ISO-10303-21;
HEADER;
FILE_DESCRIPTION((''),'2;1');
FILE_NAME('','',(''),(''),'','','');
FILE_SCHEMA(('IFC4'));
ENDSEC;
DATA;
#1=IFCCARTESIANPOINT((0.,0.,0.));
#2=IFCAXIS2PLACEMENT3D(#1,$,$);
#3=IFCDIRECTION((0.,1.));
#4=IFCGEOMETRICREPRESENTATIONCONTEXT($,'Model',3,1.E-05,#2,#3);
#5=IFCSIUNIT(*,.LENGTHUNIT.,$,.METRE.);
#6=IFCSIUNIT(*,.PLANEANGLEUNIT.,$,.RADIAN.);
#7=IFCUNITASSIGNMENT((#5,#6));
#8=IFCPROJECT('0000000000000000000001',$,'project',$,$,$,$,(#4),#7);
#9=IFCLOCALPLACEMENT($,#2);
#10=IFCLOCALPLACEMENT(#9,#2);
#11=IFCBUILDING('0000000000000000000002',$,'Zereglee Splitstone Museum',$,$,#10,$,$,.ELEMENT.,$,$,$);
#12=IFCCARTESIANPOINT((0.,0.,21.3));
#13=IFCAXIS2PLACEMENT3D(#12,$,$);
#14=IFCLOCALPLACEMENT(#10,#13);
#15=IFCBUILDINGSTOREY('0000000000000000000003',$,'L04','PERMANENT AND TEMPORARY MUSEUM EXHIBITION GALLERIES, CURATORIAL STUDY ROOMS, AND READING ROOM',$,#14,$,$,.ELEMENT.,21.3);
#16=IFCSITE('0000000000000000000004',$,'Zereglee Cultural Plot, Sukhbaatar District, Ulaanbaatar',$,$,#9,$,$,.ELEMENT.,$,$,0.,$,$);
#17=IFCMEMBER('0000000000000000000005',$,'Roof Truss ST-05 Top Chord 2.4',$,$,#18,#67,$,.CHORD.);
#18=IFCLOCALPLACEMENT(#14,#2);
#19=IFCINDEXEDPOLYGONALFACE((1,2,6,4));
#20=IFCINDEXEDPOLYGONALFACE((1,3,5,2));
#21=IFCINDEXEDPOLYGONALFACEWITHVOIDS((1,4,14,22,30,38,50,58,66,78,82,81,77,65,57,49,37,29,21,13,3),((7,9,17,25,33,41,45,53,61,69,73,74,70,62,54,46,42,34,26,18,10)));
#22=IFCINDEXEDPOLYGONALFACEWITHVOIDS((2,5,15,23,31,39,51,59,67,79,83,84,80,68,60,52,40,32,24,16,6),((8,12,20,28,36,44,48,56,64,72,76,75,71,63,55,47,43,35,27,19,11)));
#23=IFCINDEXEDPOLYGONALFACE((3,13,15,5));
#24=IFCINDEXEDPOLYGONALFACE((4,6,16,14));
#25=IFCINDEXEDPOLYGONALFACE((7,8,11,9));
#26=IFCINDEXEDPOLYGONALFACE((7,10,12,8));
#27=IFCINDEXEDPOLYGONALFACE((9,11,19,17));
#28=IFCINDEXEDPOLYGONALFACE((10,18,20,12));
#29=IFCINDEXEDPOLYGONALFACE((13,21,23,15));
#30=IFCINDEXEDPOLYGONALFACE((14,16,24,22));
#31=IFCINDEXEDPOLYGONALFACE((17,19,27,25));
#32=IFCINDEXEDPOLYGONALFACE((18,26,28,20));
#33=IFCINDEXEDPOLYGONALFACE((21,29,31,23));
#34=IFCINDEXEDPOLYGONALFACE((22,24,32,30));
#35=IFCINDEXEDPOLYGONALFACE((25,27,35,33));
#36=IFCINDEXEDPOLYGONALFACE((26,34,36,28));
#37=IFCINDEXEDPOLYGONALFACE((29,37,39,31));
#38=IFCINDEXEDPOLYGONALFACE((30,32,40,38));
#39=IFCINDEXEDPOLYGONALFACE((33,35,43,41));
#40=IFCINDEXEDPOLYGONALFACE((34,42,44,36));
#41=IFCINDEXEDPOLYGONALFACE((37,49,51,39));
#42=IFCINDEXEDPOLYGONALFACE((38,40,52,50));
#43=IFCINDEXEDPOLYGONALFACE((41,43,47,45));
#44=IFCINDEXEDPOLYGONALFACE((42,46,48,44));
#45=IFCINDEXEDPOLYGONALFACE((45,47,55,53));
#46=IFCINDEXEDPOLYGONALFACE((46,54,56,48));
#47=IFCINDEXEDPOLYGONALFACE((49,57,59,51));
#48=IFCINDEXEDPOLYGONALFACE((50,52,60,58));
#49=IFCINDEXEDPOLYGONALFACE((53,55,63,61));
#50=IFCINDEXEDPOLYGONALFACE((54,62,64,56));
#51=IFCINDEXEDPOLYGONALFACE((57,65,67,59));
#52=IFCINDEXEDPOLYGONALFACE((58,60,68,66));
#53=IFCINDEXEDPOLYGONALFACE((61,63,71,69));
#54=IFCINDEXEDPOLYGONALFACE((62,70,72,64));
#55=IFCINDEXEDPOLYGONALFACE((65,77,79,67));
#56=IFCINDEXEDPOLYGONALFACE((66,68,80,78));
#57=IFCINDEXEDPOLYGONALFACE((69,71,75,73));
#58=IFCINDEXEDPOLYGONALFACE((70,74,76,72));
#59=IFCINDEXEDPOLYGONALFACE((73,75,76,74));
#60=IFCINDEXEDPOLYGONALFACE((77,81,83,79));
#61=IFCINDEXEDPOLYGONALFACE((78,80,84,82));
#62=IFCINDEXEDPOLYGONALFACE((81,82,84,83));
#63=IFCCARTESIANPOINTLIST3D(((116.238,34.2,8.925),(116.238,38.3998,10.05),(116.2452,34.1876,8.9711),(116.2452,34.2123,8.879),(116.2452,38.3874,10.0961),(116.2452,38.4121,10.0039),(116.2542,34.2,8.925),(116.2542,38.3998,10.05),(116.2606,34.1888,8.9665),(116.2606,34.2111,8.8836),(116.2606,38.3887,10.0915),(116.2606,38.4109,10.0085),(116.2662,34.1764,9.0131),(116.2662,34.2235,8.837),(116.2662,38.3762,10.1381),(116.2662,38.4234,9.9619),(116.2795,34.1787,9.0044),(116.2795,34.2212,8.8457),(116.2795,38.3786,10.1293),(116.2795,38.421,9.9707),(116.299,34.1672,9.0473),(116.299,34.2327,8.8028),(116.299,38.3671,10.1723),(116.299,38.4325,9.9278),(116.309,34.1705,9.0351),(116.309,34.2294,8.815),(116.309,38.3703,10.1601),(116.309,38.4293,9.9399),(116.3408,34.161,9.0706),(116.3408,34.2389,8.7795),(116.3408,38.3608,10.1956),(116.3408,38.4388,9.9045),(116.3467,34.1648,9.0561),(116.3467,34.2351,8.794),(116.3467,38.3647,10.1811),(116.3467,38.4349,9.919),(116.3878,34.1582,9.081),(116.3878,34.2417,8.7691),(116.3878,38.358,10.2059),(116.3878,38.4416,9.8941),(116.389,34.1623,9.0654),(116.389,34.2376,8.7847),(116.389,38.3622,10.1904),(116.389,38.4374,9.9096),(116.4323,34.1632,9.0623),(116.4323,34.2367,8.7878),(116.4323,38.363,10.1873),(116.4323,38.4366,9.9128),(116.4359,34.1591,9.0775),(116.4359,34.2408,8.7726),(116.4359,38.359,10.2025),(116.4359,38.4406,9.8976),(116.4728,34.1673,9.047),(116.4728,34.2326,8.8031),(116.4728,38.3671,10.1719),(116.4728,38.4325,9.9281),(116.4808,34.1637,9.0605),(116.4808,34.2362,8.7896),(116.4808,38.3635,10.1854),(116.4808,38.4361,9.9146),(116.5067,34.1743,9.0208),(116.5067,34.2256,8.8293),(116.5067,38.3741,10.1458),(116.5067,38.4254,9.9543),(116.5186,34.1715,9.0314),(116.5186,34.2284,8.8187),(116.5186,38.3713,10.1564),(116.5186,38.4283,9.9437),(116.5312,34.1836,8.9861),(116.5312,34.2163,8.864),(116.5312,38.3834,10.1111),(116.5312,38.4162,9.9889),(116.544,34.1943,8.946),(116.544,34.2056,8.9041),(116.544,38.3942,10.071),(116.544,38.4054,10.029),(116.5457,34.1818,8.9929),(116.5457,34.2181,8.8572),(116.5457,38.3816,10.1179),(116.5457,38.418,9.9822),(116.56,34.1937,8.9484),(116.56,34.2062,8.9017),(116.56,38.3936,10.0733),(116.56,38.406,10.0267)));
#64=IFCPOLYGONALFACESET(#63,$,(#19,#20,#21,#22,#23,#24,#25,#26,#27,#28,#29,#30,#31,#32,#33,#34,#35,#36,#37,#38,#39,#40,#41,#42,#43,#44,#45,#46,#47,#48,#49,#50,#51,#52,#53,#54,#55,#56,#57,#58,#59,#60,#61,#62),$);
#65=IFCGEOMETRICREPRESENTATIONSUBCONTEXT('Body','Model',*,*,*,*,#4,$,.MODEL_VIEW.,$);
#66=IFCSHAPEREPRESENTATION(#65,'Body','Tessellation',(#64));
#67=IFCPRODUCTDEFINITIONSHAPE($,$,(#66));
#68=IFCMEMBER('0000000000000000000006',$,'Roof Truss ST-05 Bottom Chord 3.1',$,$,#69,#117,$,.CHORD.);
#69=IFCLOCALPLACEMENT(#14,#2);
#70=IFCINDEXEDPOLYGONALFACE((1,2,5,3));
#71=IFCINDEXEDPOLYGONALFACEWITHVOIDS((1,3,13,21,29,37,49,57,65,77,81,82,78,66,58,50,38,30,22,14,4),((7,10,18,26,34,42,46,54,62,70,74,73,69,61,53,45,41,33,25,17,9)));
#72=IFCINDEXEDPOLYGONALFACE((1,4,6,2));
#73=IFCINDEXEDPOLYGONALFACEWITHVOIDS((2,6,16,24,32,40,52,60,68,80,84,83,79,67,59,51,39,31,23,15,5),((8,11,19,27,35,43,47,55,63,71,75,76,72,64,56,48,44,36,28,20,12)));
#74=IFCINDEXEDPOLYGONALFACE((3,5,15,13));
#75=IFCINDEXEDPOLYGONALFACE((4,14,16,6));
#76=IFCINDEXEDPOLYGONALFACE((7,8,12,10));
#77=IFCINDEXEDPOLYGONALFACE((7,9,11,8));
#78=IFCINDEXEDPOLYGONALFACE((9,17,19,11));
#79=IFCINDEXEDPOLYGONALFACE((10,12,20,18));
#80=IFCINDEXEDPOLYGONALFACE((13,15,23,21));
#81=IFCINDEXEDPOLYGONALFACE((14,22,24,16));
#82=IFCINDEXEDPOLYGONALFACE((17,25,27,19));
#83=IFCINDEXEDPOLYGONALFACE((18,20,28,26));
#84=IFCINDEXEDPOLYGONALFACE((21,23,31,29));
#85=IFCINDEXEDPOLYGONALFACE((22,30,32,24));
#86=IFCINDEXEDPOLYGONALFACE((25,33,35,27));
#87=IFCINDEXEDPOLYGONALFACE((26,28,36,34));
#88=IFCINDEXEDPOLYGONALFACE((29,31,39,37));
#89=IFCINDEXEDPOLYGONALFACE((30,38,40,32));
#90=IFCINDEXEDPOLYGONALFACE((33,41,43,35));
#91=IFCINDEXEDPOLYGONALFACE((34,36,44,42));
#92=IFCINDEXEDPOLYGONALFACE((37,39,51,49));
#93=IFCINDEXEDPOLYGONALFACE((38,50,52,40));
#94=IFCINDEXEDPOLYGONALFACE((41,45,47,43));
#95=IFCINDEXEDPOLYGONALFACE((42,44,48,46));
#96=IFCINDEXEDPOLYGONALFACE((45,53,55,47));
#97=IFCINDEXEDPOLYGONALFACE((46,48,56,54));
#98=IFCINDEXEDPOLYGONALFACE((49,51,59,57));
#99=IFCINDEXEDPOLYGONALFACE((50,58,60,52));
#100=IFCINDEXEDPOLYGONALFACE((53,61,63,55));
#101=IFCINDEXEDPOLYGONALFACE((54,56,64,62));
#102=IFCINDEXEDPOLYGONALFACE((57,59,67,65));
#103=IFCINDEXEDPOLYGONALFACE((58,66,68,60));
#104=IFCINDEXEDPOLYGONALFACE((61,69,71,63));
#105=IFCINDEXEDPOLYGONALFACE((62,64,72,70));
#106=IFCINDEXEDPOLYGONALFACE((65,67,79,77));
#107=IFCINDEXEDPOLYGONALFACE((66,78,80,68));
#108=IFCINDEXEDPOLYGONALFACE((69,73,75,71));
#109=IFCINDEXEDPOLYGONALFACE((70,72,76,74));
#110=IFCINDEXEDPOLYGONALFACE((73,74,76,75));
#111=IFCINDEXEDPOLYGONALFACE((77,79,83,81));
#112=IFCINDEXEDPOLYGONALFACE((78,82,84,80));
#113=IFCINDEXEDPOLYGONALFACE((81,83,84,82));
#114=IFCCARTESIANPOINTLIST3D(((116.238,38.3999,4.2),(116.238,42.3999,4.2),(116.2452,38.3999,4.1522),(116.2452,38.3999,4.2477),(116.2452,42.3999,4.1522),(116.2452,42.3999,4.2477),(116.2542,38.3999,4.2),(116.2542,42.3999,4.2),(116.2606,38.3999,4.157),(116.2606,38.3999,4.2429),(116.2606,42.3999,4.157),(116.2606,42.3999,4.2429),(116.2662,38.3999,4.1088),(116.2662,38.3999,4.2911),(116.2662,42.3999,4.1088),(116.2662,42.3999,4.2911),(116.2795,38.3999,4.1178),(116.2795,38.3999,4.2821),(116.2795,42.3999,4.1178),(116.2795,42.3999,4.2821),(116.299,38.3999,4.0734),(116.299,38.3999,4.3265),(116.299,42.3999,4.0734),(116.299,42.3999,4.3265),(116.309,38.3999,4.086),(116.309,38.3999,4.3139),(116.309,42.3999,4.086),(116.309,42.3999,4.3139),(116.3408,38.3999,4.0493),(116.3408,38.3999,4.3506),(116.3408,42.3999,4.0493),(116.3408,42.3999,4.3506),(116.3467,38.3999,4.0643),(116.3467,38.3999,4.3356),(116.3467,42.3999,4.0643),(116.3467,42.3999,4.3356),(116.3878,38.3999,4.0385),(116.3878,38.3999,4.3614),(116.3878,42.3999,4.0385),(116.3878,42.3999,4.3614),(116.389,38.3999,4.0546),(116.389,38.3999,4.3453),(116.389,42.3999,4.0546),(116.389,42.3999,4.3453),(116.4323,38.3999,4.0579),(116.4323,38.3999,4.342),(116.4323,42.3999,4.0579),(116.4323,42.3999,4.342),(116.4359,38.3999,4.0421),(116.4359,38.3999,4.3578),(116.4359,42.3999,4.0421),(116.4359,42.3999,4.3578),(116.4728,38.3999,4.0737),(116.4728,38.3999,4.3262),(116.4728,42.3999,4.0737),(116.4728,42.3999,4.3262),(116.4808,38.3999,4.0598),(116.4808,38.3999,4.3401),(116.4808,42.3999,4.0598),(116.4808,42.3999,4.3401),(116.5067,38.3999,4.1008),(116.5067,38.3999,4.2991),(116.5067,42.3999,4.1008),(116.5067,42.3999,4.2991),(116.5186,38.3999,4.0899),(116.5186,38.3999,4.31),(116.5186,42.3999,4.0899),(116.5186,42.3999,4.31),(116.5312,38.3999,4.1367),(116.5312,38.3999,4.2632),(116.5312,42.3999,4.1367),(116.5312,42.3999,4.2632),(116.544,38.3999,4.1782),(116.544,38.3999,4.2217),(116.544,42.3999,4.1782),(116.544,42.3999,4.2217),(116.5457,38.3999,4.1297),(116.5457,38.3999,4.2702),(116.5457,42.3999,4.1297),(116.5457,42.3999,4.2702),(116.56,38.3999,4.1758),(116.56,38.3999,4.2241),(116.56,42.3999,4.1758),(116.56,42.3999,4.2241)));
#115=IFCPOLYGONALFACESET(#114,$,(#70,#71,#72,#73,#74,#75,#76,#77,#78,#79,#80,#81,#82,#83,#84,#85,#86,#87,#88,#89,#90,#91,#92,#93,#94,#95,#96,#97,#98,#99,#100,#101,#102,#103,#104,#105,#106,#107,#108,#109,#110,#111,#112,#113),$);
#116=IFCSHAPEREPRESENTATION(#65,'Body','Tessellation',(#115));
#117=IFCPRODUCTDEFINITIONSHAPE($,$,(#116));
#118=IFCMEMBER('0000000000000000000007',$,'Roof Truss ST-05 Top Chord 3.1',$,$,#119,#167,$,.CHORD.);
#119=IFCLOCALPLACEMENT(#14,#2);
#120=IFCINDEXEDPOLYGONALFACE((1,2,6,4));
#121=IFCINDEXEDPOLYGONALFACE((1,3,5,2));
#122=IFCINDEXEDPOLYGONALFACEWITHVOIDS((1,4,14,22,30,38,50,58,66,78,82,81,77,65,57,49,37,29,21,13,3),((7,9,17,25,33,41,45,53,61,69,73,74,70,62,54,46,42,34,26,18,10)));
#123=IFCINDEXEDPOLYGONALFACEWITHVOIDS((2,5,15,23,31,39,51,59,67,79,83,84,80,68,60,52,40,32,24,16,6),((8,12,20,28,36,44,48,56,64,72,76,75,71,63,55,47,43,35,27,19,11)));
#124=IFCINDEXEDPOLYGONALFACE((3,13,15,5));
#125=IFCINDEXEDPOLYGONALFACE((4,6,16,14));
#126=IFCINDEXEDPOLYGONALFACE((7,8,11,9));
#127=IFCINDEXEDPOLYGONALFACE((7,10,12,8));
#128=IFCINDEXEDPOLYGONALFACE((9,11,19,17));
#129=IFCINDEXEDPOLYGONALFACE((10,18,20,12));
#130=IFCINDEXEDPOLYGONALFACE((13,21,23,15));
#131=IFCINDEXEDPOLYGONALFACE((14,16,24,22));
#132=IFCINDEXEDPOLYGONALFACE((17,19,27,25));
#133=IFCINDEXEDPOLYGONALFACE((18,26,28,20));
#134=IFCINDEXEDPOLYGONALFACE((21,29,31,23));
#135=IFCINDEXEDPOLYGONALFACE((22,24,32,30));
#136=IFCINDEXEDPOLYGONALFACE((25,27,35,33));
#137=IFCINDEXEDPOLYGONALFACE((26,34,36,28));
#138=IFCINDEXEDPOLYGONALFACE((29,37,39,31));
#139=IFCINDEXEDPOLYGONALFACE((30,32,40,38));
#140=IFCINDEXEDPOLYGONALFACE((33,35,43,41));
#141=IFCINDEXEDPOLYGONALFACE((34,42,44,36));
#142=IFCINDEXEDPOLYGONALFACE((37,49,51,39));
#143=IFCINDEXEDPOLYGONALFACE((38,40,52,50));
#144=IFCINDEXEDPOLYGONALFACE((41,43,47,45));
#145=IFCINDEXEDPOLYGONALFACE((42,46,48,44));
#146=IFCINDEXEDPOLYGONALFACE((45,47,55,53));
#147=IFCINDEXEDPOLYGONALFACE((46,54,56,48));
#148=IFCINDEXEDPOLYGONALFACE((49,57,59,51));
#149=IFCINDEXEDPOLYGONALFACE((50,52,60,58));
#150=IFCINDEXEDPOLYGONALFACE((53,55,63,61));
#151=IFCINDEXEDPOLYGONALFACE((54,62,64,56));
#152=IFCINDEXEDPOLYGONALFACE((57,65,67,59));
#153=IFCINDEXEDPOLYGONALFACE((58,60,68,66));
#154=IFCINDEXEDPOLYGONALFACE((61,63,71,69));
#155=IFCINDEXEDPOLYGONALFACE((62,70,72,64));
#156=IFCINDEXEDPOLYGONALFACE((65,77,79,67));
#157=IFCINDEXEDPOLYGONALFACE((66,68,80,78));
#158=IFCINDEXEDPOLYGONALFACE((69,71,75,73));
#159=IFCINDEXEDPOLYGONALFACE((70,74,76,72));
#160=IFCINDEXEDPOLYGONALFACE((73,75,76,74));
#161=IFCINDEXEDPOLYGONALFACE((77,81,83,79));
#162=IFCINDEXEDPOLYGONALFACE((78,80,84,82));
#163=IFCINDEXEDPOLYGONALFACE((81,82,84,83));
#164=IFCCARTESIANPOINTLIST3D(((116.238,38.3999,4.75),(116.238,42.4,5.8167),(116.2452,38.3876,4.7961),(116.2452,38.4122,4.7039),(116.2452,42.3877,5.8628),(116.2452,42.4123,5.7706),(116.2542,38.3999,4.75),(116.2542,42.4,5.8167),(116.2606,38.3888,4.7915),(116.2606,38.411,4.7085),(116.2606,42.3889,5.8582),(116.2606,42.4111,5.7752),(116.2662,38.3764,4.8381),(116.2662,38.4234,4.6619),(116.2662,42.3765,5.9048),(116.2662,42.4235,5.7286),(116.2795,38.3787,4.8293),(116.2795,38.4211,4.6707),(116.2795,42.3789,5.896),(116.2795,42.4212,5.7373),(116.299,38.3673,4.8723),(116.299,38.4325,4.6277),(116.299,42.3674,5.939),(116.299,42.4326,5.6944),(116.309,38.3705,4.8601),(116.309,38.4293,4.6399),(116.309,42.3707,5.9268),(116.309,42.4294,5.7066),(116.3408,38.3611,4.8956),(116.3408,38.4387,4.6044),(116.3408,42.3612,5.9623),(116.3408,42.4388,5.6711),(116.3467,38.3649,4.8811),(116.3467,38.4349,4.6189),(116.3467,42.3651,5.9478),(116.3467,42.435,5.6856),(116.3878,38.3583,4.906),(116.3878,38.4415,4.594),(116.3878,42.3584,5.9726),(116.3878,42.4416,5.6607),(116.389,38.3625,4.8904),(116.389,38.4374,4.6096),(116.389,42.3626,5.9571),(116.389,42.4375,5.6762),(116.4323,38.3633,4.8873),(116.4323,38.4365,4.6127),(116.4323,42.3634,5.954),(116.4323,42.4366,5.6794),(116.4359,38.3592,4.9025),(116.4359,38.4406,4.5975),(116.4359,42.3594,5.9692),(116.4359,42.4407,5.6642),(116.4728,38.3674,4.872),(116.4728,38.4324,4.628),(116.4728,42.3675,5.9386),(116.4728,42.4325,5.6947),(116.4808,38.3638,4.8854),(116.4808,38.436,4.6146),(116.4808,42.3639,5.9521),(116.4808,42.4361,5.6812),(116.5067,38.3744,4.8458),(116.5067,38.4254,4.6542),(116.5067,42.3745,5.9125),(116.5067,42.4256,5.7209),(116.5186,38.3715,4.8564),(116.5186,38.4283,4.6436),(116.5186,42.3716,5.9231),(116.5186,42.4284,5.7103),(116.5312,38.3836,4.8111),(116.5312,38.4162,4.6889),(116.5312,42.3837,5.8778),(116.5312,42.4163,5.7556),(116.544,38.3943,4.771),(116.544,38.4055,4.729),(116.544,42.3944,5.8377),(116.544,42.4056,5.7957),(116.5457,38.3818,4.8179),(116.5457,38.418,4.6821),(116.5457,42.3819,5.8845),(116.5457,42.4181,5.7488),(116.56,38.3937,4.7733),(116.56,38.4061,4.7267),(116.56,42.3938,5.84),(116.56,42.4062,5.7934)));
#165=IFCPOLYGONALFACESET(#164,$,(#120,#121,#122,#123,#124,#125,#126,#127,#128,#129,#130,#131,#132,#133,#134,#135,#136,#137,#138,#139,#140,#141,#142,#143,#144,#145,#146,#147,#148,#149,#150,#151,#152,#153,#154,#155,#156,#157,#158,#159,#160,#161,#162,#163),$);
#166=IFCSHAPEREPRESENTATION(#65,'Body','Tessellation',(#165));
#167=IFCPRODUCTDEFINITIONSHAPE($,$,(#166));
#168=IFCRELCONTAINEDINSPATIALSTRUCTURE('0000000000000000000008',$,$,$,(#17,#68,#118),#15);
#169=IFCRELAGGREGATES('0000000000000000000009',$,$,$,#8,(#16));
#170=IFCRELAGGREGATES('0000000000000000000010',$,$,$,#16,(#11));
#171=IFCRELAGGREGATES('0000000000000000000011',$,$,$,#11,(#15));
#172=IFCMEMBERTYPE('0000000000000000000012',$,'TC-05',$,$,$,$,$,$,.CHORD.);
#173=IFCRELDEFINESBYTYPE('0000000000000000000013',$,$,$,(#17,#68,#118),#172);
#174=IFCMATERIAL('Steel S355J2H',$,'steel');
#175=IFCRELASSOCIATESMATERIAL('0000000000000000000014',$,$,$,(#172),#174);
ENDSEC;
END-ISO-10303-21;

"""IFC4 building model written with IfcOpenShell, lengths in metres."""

from ifc_helpers import new_model, si_unit, direction, frame, origin, origin_2d, place, context, subcontext, project, spatial, hollow_circle, extrude, material, material_profile, profile_set, type_object, element, save


model = new_model("IFC4")

# Units and contexts
model_context = context("Model", 3, precision=1e-05, world=origin(), true_north=direction((0.0, 1.0)))
body_context = subcontext(model_context, "Body", "Model", "MODEL_VIEW")
ifc_project = project(units=[si_unit("LENGTHUNIT", "METRE"), si_unit("PLANEANGLEUNIT", "RADIAN")], contexts=[model_context])

# Site, building, storey
site_placement = place(None, origin())
site = spatial("IfcSite", under=ifc_project, at=site_placement, Name="Zereglee Cultural Plot, Sukhbaatar District, Ulaanbaatar", CompositionType="ELEMENT", RefElevation=0.0)
building_placement = place(site_placement, origin())
building = spatial("IfcBuilding", under=site, at=building_placement, Name="Zereglee Splitstone Museum", CompositionType="ELEMENT")
storey_placement = place(building_placement, frame((0.0, 0.0, 21.3)))
storey = spatial("IfcBuildingStorey", under=building, at=storey_placement, Name="L04", Description="PERMANENT AND TEMPORARY MUSEUM EXHIBITION GALLERIES, CURATORIAL STUDY ROOMS, AND READING ROOM", CompositionType="ELEMENT", Elevation=21.3)

# Members
ifc_material_1 = material(Name="Steel S355J2H", Category="steel")
ifc_material_profile_1 = material_profile(ifc_material_1, hollow_circle(Radius=0.1619, WallThickness=0.0161, at=origin_2d()), Name="CHS 323.9x16")
ifc_profile_set_1 = profile_set([ifc_material_profile_1], Name="Steel S355J2H")
member_type_1 = type_object("IfcMemberType", Name="TC-05", PredefinedType="CHORD", material=ifc_profile_set_1)
member_1_placement = place(storey_placement, frame((116.3999, 34.2, 8.925), z_axis=(0.0, 0.965947, 0.258739), x_axis=(-1.0, 0.0, 0.0)))
element("IfcMember", 1, at=member_1_placement, inside=storey, type_object=member_type_1, Name="Roof Truss ST-05 Top Chord 2.4", PredefinedType="CHORD", context=body_context, shape_type="SweptSolid", body=[
    extrude(hollow_circle(Radius=0.1619, WallThickness=0.0161, at=origin_2d()), origin(), (0.0, 0.0, 1.0), 4.3479),
])
member_2_placement = place(storey_placement, frame((116.3999, 38.3999, 4.2), z_axis=(0.0, 1.0, 0.0), x_axis=(-1.0, 0.0, 0.0)))
element("IfcMember", 2, at=member_2_placement, inside=storey, type_object=member_type_1, Name="Roof Truss ST-05 Bottom Chord 3.1", PredefinedType="CHORD", context=body_context, shape_type="SweptSolid", body=[
    extrude(hollow_circle(Radius=0.1619, WallThickness=0.0161, at=origin_2d()), origin(), (0.0, 0.0, 1.0), 4.0),
])
member_3_placement = place(storey_placement, frame((116.3999, 38.3999, 4.75), z_axis=(0.0, 0.966236, 0.257659), x_axis=(-1.0, 0.0, 0.0)))
element("IfcMember", 3, at=member_3_placement, inside=storey, type_object=member_type_1, Name="Roof Truss ST-05 Top Chord 3.1", PredefinedType="CHORD", context=body_context, shape_type="SweptSolid", body=[
    extrude(hollow_circle(Radius=0.1619, WallThickness=0.0161, at=origin_2d()), origin(), (0.0, 0.0, 1.0), 4.1399),
])

save(model, "model.ifc")
